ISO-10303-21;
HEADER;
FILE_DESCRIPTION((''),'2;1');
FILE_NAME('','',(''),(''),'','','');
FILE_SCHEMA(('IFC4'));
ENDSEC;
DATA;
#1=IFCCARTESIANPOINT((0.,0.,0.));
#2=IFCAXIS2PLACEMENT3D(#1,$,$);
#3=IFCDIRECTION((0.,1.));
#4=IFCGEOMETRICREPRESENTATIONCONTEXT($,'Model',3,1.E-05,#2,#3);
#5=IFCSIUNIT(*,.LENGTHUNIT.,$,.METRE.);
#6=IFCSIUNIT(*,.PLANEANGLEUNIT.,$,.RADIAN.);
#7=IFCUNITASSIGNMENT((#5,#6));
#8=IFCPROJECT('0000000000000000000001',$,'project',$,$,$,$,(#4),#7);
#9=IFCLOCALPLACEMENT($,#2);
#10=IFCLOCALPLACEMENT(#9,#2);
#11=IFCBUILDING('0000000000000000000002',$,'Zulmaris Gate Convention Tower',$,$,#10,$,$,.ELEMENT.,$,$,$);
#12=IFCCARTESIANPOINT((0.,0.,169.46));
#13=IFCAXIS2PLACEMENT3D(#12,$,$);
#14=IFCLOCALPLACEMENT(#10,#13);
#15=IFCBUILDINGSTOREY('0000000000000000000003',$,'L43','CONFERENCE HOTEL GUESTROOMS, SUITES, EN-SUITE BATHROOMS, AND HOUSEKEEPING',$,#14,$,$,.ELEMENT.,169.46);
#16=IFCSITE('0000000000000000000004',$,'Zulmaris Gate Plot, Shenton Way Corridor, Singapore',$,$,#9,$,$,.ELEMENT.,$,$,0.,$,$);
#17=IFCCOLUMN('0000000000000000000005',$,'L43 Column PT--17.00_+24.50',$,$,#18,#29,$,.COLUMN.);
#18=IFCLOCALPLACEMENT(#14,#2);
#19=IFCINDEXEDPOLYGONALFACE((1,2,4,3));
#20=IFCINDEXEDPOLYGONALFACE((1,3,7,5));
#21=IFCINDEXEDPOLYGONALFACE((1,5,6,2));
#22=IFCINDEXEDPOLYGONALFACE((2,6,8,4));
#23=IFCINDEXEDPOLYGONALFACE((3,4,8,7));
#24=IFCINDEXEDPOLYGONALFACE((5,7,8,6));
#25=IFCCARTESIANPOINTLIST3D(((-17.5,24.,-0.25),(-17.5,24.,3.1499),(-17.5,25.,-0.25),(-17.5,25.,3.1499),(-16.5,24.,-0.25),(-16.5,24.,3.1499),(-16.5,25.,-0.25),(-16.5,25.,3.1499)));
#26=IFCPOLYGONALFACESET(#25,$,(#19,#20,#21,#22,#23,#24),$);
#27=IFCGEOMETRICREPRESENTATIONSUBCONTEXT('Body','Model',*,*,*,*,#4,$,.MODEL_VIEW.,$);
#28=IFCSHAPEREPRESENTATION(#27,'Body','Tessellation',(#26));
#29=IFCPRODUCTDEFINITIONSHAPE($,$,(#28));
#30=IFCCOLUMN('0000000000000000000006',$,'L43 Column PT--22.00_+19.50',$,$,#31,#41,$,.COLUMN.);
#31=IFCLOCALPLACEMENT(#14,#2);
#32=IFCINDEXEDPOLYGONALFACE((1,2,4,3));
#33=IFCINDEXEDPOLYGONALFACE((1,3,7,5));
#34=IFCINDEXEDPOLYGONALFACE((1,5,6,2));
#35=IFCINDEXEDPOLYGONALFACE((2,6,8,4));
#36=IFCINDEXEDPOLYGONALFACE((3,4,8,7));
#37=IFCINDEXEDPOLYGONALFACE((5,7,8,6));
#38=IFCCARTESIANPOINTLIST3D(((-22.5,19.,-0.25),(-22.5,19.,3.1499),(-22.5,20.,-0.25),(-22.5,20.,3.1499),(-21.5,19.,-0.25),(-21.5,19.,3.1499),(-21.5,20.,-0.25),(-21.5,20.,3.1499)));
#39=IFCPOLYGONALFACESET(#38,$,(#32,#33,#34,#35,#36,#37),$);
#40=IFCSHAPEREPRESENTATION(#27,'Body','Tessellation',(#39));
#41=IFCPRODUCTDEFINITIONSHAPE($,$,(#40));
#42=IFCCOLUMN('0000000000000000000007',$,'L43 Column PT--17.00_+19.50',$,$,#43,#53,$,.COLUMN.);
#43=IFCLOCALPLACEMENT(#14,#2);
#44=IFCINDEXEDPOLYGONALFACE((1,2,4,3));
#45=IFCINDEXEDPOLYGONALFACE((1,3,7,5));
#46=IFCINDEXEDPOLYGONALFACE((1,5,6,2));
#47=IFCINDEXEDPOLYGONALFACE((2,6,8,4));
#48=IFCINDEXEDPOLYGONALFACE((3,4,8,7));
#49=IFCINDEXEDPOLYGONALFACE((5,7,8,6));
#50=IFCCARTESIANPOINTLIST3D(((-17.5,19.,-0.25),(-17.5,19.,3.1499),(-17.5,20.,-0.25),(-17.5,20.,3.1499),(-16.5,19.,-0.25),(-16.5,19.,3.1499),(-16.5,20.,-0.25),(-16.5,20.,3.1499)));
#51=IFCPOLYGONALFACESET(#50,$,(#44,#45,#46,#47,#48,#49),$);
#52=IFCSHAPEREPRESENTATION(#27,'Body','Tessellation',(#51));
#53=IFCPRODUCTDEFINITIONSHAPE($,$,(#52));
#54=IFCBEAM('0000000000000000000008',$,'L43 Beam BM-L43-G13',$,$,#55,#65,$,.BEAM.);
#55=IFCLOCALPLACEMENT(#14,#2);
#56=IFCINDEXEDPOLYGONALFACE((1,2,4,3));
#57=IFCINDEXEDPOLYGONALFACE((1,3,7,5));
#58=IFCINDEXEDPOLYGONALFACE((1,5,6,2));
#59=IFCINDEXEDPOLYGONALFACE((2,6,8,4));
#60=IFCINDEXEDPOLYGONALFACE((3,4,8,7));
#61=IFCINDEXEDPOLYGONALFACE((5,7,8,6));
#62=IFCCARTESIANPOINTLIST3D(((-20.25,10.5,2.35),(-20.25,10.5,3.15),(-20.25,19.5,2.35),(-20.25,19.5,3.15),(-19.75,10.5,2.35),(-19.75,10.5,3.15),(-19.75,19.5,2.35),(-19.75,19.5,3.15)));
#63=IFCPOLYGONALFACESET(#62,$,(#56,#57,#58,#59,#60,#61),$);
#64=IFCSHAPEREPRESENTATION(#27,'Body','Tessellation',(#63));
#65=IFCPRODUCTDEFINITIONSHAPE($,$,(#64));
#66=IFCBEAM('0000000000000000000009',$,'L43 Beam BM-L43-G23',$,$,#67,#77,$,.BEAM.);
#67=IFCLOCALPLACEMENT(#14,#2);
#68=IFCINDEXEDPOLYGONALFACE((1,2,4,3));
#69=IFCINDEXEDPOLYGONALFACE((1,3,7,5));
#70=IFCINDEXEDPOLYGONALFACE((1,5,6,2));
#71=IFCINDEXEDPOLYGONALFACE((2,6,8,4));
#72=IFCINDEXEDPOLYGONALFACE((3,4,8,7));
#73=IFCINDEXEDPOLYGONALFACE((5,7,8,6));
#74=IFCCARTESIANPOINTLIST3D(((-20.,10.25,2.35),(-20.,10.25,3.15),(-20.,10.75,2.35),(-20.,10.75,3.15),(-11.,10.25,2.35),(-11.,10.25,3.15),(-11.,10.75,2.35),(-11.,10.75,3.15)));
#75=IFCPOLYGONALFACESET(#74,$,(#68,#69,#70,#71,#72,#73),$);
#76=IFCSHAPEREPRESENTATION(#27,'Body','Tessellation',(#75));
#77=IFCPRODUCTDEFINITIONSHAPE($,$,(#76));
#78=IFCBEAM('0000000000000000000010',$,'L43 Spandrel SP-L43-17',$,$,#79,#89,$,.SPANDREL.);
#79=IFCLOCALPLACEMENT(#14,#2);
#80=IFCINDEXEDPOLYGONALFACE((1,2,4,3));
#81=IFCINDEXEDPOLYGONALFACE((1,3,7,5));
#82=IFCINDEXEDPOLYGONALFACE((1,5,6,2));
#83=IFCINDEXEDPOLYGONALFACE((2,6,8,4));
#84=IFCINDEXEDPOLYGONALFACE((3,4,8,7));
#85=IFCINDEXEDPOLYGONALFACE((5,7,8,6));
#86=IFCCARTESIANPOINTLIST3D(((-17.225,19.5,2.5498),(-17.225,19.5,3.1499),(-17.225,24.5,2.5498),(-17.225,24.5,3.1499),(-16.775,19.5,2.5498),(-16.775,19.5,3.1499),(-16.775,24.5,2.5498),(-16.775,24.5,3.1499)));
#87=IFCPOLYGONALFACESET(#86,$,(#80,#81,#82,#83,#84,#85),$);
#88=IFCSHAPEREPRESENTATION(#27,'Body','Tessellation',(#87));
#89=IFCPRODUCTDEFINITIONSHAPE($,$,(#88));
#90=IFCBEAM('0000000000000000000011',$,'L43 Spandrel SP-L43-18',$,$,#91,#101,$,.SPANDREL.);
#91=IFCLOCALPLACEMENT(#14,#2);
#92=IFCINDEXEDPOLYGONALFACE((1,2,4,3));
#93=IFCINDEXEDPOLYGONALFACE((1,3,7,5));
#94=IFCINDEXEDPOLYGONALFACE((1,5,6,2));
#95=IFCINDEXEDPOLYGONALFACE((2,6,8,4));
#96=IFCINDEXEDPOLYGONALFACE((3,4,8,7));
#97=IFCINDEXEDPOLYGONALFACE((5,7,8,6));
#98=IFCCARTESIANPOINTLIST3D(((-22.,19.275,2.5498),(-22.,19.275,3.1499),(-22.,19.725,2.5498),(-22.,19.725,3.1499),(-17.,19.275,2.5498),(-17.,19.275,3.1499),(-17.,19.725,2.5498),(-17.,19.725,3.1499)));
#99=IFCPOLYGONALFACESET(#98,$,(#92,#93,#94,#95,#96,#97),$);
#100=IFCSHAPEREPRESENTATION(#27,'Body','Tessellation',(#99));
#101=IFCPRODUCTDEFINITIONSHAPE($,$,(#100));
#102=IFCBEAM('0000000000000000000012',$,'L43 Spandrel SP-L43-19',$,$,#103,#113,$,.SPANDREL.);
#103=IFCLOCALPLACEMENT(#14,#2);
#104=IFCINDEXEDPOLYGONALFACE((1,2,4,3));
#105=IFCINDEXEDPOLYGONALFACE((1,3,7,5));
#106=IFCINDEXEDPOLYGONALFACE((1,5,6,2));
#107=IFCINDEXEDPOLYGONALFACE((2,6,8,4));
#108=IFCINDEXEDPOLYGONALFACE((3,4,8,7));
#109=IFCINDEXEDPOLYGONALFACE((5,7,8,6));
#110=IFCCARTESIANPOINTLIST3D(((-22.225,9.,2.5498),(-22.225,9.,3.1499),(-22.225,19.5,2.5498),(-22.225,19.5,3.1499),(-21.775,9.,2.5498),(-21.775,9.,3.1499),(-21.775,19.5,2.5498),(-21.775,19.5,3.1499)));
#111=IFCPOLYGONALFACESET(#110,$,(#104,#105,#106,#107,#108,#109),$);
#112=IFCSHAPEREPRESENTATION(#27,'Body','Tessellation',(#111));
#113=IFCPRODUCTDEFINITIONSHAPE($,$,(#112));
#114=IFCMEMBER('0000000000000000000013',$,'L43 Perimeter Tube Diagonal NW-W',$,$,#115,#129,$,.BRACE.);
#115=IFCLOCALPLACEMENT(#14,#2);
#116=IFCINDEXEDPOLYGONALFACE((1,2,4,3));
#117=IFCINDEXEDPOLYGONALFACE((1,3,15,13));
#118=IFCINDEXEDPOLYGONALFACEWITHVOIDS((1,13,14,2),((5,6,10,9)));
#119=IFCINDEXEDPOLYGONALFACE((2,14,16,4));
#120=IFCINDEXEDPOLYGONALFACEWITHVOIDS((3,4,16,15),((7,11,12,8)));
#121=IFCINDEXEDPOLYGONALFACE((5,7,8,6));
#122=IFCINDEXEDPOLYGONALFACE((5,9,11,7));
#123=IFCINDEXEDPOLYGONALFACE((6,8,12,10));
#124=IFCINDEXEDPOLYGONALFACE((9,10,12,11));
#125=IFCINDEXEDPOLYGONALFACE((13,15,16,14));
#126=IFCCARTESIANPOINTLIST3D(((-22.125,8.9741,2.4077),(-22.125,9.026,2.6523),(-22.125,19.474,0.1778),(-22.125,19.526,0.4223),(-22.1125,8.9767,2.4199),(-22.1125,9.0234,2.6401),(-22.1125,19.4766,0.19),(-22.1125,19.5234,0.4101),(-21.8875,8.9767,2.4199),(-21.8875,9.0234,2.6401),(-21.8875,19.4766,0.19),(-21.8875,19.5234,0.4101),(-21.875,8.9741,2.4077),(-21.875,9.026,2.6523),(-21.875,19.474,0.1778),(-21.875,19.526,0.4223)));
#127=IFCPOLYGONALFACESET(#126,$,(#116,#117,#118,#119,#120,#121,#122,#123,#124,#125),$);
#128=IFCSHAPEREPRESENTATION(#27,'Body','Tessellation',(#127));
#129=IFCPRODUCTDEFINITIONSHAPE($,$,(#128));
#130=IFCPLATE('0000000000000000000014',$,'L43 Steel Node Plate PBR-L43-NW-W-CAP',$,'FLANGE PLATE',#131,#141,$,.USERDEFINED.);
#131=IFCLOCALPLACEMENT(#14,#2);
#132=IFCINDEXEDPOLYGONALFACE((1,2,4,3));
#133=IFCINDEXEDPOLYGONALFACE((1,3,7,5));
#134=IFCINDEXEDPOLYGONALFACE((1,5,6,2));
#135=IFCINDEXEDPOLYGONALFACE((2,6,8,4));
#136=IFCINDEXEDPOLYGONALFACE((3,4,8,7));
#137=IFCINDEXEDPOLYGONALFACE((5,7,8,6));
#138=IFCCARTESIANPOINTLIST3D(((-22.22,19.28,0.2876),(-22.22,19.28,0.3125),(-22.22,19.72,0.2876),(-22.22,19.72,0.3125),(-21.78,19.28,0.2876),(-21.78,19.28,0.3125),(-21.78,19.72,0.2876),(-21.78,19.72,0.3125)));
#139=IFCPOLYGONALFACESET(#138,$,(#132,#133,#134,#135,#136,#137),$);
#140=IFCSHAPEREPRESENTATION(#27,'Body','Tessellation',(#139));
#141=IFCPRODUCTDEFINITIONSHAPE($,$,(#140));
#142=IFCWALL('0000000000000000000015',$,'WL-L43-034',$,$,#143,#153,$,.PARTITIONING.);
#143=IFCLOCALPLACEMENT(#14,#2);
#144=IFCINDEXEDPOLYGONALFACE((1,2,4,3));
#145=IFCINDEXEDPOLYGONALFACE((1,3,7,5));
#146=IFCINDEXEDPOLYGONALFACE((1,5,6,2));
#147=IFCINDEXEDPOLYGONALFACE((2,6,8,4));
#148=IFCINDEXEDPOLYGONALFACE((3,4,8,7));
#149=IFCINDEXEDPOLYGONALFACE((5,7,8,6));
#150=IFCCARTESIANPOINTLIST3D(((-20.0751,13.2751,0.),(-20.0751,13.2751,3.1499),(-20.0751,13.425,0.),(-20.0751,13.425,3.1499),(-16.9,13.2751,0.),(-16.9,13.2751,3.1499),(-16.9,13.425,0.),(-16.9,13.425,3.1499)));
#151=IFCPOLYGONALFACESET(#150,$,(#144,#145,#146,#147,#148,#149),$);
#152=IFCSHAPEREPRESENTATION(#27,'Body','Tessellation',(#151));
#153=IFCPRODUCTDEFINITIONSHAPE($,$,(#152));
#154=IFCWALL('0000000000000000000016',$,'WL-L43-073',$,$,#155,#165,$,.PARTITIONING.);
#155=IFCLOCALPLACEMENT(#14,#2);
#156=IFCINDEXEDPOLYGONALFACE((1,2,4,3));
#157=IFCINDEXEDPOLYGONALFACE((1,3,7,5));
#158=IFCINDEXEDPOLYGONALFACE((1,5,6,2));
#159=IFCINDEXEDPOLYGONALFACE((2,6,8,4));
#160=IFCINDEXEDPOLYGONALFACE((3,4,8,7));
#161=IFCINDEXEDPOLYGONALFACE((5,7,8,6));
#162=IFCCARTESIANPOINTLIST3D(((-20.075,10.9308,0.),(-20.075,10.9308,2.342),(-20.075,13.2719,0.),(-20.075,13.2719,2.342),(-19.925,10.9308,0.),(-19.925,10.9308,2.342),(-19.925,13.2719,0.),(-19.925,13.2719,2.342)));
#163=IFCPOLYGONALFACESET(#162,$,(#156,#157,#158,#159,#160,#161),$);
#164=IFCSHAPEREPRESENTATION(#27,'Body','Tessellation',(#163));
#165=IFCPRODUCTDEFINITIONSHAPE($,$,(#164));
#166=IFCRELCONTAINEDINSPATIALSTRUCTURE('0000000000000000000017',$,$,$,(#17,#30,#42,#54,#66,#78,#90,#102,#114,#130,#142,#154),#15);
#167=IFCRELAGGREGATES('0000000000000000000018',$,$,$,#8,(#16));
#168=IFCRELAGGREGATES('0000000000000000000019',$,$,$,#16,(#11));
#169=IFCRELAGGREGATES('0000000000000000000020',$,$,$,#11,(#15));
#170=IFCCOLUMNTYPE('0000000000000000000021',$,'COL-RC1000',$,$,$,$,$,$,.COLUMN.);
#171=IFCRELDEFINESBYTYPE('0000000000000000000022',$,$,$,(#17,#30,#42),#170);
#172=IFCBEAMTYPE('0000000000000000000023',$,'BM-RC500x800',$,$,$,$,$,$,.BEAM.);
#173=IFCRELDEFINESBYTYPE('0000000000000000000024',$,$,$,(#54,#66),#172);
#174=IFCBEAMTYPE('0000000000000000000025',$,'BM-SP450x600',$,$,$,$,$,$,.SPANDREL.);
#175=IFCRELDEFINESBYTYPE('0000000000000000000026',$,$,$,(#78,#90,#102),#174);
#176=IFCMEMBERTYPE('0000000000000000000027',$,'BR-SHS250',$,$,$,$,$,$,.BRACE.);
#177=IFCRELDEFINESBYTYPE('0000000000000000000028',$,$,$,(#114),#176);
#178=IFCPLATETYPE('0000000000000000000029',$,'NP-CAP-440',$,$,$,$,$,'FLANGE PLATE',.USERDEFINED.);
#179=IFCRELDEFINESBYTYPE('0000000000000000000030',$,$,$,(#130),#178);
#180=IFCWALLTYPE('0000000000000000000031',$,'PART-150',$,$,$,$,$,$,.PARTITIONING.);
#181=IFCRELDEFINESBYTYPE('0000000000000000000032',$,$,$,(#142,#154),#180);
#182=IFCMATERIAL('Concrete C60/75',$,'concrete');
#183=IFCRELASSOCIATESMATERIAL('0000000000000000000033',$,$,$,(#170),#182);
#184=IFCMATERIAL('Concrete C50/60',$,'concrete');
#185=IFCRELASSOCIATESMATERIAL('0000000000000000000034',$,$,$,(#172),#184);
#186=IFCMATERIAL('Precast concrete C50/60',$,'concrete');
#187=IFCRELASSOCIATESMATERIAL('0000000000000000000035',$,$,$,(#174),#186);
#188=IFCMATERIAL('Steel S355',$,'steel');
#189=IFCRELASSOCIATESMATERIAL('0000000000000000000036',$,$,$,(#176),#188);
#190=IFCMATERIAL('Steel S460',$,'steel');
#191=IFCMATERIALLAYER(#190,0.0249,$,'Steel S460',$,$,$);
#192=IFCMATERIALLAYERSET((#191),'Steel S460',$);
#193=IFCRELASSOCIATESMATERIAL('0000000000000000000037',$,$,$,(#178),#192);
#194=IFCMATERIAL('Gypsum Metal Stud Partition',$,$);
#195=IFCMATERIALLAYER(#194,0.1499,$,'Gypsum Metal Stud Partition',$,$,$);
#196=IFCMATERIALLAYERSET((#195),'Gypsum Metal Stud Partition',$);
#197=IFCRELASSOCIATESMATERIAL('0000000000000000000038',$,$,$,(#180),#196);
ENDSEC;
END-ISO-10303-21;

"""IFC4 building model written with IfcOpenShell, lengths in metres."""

from ifc_helpers import new_model, si_unit, direction, frame, frame_2d, origin, origin_2d, place, context, subcontext, project, spatial, rectangle, hollow_rectangle, extrude, material, layer, layer_set, material_profile, profile_set, type_object, element, save


model = new_model("IFC4")

# Units and contexts
model_context = context("Model", 3, precision=1e-05, world=origin(), true_north=direction((0.0, 1.0)))
body_context = subcontext(model_context, "Body", "Model", "MODEL_VIEW")
ifc_project = project(units=[si_unit("LENGTHUNIT", "METRE"), si_unit("PLANEANGLEUNIT", "RADIAN")], contexts=[model_context])

# Site, building, storey
site_placement = place(None, origin())
site = spatial("IfcSite", under=ifc_project, at=site_placement, Name="Zulmaris Gate Plot, Shenton Way Corridor, Singapore", CompositionType="ELEMENT", RefElevation=0.0)
building_placement = place(site_placement, origin())
building = spatial("IfcBuilding", under=site, at=building_placement, Name="Zulmaris Gate Convention Tower", CompositionType="ELEMENT")
storey_placement = place(building_placement, frame((0.0, 0.0, 169.46)))
storey = spatial("IfcBuildingStorey", under=building, at=storey_placement, Name="L43", Description="CONFERENCE HOTEL GUESTROOMS, SUITES, EN-SUITE BATHROOMS, AND HOUSEKEEPING", CompositionType="ELEMENT", Elevation=169.46)

# Columns
ifc_material_1 = material(Name="Concrete C60/75", Category="concrete")
ifc_material_profile_1 = material_profile(ifc_material_1, rectangle(XDim=1.0, YDim=1.0, at=origin_2d()), Name="RC COL 1000x1000")
ifc_profile_set_1 = profile_set([ifc_material_profile_1], Name="Concrete C60/75")
column_type = type_object("IfcColumnType", Name="COL-RC1000", PredefinedType="COLUMN", material=ifc_profile_set_1)
for number, where, z_axis, x_axis, name in (
    (1, (-17.0, 24.5, -0.25), (0.0, 0.0, 1.0), (1.0, 0.0, 0.0), "L43 Column PT--17.00_+24.50"),
    (2, (-22.0, 19.5, -0.25), (0.0, 0.0, 1.0), (1.0, 0.0, 0.0), "L43 Column PT--22.00_+19.50"),
    (3, (-17.0, 19.5, -0.25), (0.0, 0.0, 1.0), (1.0, 0.0, 0.0), "L43 Column PT--17.00_+19.50"),
):
    element("IfcColumn", number, at=place(storey_placement, frame(where, z_axis=z_axis, x_axis=x_axis)), inside=storey, type_object=column_type, Name=name, PredefinedType="COLUMN", context=body_context, shape_type="SweptSolid", body=[
        extrude(rectangle(XDim=1.0, YDim=1.0, at=origin_2d()), origin(), (0.0, 0.0, 1.0), 3.3999),
    ])

# Beams
ifc_material_2 = material(Name="Concrete C50/60", Category="concrete")
ifc_material_profile_2 = material_profile(ifc_material_2, rectangle(XDim=0.5, YDim=0.8, at=origin_2d()), Name="RC BEAM 500x800")
ifc_profile_set_2 = profile_set([ifc_material_profile_2], Name="Concrete C50/60")
beam_type_1 = type_object("IfcBeamType", Name="BM-RC500x800", PredefinedType="BEAM", material=ifc_profile_set_2)
for number, where, z_axis, x_axis, name in (
    (4, (-20.0, 10.5, 2.75), (0.0, 1.0, 0.0), (-1.0, 0.0, 0.0), "L43 Beam BM-L43-G13"),
    (5, (-20.0, 10.5, 2.75), (1.0, 0.0, 0.0), (0.0, 1.0, 0.0), "L43 Beam BM-L43-G23"),
):
    element("IfcBeam", number, at=place(storey_placement, frame(where, z_axis=z_axis, x_axis=x_axis)), inside=storey, type_object=beam_type_1, Name=name, PredefinedType="BEAM", context=body_context, shape_type="SweptSolid", body=[
        extrude(rectangle(XDim=0.5, YDim=0.8, at=origin_2d()), origin(), (0.0, 0.0, 1.0), 9.0),
    ])
ifc_material_3 = material(Name="Precast concrete C50/60", Category="concrete")
ifc_material_profile_3 = material_profile(ifc_material_3, rectangle(XDim=0.45, YDim=0.6001, at=origin_2d()), Name="RC SPANDREL 450x600")
ifc_profile_set_3 = profile_set([ifc_material_profile_3], Name="Precast concrete C50/60")
beam_type_2 = type_object("IfcBeamType", Name="BM-SP450x600", PredefinedType="SPANDREL", material=ifc_profile_set_3)
for number, where, z_axis, x_axis, name in (
    (6, (-17.0, 24.5, 2.8499), (0.0, -1.0, 0.0), (1.0, 0.0, 0.0), "L43 Spandrel SP-L43-17"),
    (7, (-17.0, 19.5, 2.8499), (-1.0, 0.0, 0.0), (0.0, -1.0, 0.0), "L43 Spandrel SP-L43-18"),
):
    element("IfcBeam", number, at=place(storey_placement, frame(where, z_axis=z_axis, x_axis=x_axis)), inside=storey, type_object=beam_type_2, Name=name, PredefinedType="SPANDREL", context=body_context, shape_type="SweptSolid", body=[
        extrude(rectangle(XDim=0.45, YDim=0.6001, at=origin_2d()), origin(), (0.0, 0.0, 1.0), 5.0),
    ])
beam_placement = place(storey_placement, frame((-22.0, 19.5, 2.8499), z_axis=(0.0, -1.0, 0.0), x_axis=(1.0, 0.0, 0.0)))
element("IfcBeam", 8, at=beam_placement, inside=storey, type_object=beam_type_2, Name="L43 Spandrel SP-L43-19", PredefinedType="SPANDREL", context=body_context, shape_type="SweptSolid", body=[
    extrude(rectangle(XDim=0.45, YDim=0.6001, at=origin_2d()), origin(), (0.0, 0.0, 1.0), 10.5),
])

# Member
ifc_material_4 = material(Name="Steel S355", Category="steel")
ifc_material_profile_4 = material_profile(ifc_material_4, hollow_rectangle(XDim=0.25, YDim=0.25, WallThickness=0.0125, at=origin_2d()), Name="SHS 250x250x12.5")
ifc_profile_set_4 = profile_set([ifc_material_profile_4], Name="Steel S355")
member_type = type_object("IfcMemberType", Name="BR-SHS250", PredefinedType="BRACE", material=ifc_profile_set_4)
member_placement = place(storey_placement, frame((-22.0, 19.5, 0.3), z_axis=(0.0, -0.978183, 0.207746), x_axis=(1.0, 0.0, 0.0)))
element("IfcMember", 9, at=member_placement, inside=storey, type_object=member_type, Name="L43 Perimeter Tube Diagonal NW-W", PredefinedType="BRACE", context=body_context, shape_type="SweptSolid", body=[
    extrude(hollow_rectangle(XDim=0.25, YDim=0.25, WallThickness=0.0125, at=origin_2d()), origin(), (0.0, 0.0, 1.0), 10.7341),
])

# Plate
ifc_material_5 = material(Name="Steel S460", Category="steel")
ifc_layer_1 = layer(ifc_material_5, 0.0249, Name="Steel S460")
ifc_layer_set_1 = layer_set([ifc_layer_1], Name="Steel S460")
plate_type = type_object("IfcPlateType", Name="NP-CAP-440", ElementType="FLANGE PLATE", PredefinedType="USERDEFINED", material=ifc_layer_set_1)
plate_placement = place(storey_placement, frame((-22.0, 19.5, 0.2876), z_axis=(0.0, 0.0, 1.0), x_axis=(1.0, 0.0, 0.0)))
element("IfcPlate", 10, at=plate_placement, inside=storey, type_object=plate_type, Name="L43 Steel Node Plate PBR-L43-NW-W-CAP", ObjectType="FLANGE PLATE", PredefinedType="USERDEFINED", context=body_context, shape_type="SweptSolid", body=[
    extrude(rectangle(XDim=0.4399, YDim=0.4399, at=origin_2d()), origin(), (0.0, 0.0, 1.0), 0.0249),
])

# Walls
ifc_material_6 = material(Name="Gypsum Metal Stud Partition")
ifc_layer_2 = layer(ifc_material_6, 0.1499, Name="Gypsum Metal Stud Partition")
ifc_layer_set_2 = layer_set([ifc_layer_2], Name="Gypsum Metal Stud Partition")
wall_type_1 = type_object("IfcWallType", Name="PART-150", PredefinedType="PARTITIONING", material=ifc_layer_set_2)
wall_1_placement = place(storey_placement, frame((-20.075, 13.3501, 0.0), z_axis=(0.0, 0.0, 1.0), x_axis=(1.0, 0.0, 0.0)))
element("IfcWall", 11, at=wall_1_placement, inside=storey, type_object=wall_type_1, Name="WL-L43-034", PredefinedType="PARTITIONING", context=body_context, shape_type="SweptSolid", body=[
    extrude(rectangle(XDim=3.175, YDim=0.1499, at=frame_2d((1.5874, 0.0))), origin(), (0.0, 0.0, 1.0), 3.1499),
])
wall_2_placement = place(storey_placement, frame((-20.0, 10.9309, 0.0), z_axis=(0.0, 0.0, 1.0), x_axis=(0.0, 1.0, 0.0)))
element("IfcWall", 12, at=wall_2_placement, inside=storey, type_object=wall_type_1, Name="WL-L43-073", PredefinedType="PARTITIONING", context=body_context, shape_type="SweptSolid", body=[
    extrude(rectangle(XDim=2.3411, YDim=0.1499, at=frame_2d((1.1704, 0.0))), origin(), (0.0, 0.0, 1.0), 2.342),
])

save(model, "model.ifc")
